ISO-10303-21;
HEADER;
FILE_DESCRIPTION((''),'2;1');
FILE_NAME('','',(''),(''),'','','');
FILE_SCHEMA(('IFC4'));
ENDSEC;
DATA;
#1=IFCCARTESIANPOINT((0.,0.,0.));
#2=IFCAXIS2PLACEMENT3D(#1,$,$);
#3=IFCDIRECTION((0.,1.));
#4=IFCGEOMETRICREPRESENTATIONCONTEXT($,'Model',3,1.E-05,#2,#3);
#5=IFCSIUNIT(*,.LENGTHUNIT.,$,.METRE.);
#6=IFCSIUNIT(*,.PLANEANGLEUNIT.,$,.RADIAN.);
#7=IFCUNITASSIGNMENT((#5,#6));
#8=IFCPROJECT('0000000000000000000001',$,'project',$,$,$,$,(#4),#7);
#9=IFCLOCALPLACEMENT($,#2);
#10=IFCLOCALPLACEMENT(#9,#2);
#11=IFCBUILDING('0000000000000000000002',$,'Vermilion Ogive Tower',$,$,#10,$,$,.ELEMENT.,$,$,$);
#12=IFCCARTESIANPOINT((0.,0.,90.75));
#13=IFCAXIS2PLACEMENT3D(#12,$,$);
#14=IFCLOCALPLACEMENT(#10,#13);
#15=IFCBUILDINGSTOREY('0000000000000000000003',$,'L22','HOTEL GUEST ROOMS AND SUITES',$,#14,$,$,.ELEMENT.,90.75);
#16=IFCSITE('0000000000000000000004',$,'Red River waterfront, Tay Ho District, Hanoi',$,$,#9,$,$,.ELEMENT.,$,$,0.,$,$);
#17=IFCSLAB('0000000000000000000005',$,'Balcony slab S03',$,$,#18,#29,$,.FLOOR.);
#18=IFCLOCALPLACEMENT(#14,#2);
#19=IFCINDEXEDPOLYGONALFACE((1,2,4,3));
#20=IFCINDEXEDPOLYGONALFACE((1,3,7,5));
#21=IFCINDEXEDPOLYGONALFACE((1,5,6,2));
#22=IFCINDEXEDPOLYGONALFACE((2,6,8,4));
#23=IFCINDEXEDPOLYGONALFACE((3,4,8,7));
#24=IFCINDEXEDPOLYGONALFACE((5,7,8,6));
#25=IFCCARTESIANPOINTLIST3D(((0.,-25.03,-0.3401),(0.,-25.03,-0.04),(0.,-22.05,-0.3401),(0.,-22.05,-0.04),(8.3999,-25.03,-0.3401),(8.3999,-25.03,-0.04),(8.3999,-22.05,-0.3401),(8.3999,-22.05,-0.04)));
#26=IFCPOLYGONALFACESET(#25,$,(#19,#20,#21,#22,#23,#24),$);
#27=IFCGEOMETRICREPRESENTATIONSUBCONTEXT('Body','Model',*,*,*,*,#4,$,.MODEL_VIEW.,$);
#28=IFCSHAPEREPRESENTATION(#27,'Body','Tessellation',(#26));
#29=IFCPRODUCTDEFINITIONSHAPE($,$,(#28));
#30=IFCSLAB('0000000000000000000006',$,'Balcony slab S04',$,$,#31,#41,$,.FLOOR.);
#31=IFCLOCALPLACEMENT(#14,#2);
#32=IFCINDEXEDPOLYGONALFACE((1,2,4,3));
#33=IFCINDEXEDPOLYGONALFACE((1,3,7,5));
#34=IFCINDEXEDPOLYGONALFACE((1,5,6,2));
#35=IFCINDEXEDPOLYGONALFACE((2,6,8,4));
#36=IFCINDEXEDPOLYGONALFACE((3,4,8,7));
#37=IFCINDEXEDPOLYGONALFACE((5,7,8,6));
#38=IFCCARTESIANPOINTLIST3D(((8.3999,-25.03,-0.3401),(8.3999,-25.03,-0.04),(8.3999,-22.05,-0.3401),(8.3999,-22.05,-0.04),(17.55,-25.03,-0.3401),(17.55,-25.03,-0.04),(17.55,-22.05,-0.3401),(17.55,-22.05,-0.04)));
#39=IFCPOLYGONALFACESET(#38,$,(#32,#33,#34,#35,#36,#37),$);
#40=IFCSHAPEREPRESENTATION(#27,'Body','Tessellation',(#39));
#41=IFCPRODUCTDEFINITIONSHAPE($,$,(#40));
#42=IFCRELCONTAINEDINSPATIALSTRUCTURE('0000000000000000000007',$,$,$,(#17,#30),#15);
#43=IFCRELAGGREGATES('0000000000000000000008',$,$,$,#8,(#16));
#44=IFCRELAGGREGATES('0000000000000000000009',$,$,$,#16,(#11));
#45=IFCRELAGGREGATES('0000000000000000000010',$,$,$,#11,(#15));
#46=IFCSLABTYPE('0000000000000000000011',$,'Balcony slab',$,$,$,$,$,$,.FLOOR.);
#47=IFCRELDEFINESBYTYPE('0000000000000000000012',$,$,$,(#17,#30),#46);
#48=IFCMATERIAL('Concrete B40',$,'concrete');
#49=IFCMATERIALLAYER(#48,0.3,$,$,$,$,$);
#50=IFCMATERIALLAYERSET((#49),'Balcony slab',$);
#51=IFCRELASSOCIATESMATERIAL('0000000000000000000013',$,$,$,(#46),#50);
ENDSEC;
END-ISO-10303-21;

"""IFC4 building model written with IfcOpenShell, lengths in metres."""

from ifc_helpers import new_model, si_unit, direction, frame, origin, place, context, subcontext, project, spatial, polyline, outline, extrude, material, layer, layer_set, type_object, element, save


model = new_model("IFC4")

# Units and contexts
model_context = context("Model", 3, precision=1e-05, world=origin(), true_north=direction((0.0, 1.0)))
body_context = subcontext(model_context, "Body", "Model", "MODEL_VIEW")
ifc_project = project(units=[si_unit("LENGTHUNIT", "METRE"), si_unit("PLANEANGLEUNIT", "RADIAN")], contexts=[model_context])

# Site, building, storey
site_placement = place(None, origin())
site = spatial("IfcSite", under=ifc_project, at=site_placement, Name="Red River waterfront, Tay Ho District, Hanoi", CompositionType="ELEMENT", RefElevation=0.0)
building_placement = place(site_placement, origin())
building = spatial("IfcBuilding", under=site, at=building_placement, Name="Vermilion Ogive Tower", CompositionType="ELEMENT")
storey_placement = place(building_placement, frame((0.0, 0.0, 90.75)))
storey = spatial("IfcBuildingStorey", under=building, at=storey_placement, Name="L22", Description="HOTEL GUEST ROOMS AND SUITES", CompositionType="ELEMENT", Elevation=90.75)

# Slabs
ifc_material_1 = material(Name="Concrete B40", Category="concrete")
ifc_layer_1 = layer(ifc_material_1, 0.3)
ifc_layer_set_1 = layer_set([ifc_layer_1], Name="Balcony slab")
slab_type_1 = type_object("IfcSlabType", Name="Balcony slab", PredefinedType="FLOOR", material=ifc_layer_set_1)
slab_1_placement = place(storey_placement, frame((0.0, 0.0, -0.3401)))
element("IfcSlab", 1, at=slab_1_placement, inside=storey, type_object=slab_type_1, Name="Balcony slab S03", PredefinedType="FLOOR", context=body_context, shape_type="SweptSolid", body=[
    extrude(outline(polyline([(0.0, -25.03), (8.3999, -25.03), (8.3999, -22.05), (0.0, -22.05), (0.0, -25.03)])), origin(), (0.0, 0.0, 1.0), 0.3),
])
slab_2_placement = place(storey_placement, frame((0.0, 0.0, -0.3401)))
element("IfcSlab", 2, at=slab_2_placement, inside=storey, type_object=slab_type_1, Name="Balcony slab S04", PredefinedType="FLOOR", context=body_context, shape_type="SweptSolid", body=[
    extrude(outline(polyline([(8.3999, -25.03), (17.55, -25.03), (17.55, -22.05), (8.3999, -22.05), (8.3999, -25.03)])), origin(), (0.0, 0.0, 1.0), 0.3),
])

save(model, "model.ifc")
